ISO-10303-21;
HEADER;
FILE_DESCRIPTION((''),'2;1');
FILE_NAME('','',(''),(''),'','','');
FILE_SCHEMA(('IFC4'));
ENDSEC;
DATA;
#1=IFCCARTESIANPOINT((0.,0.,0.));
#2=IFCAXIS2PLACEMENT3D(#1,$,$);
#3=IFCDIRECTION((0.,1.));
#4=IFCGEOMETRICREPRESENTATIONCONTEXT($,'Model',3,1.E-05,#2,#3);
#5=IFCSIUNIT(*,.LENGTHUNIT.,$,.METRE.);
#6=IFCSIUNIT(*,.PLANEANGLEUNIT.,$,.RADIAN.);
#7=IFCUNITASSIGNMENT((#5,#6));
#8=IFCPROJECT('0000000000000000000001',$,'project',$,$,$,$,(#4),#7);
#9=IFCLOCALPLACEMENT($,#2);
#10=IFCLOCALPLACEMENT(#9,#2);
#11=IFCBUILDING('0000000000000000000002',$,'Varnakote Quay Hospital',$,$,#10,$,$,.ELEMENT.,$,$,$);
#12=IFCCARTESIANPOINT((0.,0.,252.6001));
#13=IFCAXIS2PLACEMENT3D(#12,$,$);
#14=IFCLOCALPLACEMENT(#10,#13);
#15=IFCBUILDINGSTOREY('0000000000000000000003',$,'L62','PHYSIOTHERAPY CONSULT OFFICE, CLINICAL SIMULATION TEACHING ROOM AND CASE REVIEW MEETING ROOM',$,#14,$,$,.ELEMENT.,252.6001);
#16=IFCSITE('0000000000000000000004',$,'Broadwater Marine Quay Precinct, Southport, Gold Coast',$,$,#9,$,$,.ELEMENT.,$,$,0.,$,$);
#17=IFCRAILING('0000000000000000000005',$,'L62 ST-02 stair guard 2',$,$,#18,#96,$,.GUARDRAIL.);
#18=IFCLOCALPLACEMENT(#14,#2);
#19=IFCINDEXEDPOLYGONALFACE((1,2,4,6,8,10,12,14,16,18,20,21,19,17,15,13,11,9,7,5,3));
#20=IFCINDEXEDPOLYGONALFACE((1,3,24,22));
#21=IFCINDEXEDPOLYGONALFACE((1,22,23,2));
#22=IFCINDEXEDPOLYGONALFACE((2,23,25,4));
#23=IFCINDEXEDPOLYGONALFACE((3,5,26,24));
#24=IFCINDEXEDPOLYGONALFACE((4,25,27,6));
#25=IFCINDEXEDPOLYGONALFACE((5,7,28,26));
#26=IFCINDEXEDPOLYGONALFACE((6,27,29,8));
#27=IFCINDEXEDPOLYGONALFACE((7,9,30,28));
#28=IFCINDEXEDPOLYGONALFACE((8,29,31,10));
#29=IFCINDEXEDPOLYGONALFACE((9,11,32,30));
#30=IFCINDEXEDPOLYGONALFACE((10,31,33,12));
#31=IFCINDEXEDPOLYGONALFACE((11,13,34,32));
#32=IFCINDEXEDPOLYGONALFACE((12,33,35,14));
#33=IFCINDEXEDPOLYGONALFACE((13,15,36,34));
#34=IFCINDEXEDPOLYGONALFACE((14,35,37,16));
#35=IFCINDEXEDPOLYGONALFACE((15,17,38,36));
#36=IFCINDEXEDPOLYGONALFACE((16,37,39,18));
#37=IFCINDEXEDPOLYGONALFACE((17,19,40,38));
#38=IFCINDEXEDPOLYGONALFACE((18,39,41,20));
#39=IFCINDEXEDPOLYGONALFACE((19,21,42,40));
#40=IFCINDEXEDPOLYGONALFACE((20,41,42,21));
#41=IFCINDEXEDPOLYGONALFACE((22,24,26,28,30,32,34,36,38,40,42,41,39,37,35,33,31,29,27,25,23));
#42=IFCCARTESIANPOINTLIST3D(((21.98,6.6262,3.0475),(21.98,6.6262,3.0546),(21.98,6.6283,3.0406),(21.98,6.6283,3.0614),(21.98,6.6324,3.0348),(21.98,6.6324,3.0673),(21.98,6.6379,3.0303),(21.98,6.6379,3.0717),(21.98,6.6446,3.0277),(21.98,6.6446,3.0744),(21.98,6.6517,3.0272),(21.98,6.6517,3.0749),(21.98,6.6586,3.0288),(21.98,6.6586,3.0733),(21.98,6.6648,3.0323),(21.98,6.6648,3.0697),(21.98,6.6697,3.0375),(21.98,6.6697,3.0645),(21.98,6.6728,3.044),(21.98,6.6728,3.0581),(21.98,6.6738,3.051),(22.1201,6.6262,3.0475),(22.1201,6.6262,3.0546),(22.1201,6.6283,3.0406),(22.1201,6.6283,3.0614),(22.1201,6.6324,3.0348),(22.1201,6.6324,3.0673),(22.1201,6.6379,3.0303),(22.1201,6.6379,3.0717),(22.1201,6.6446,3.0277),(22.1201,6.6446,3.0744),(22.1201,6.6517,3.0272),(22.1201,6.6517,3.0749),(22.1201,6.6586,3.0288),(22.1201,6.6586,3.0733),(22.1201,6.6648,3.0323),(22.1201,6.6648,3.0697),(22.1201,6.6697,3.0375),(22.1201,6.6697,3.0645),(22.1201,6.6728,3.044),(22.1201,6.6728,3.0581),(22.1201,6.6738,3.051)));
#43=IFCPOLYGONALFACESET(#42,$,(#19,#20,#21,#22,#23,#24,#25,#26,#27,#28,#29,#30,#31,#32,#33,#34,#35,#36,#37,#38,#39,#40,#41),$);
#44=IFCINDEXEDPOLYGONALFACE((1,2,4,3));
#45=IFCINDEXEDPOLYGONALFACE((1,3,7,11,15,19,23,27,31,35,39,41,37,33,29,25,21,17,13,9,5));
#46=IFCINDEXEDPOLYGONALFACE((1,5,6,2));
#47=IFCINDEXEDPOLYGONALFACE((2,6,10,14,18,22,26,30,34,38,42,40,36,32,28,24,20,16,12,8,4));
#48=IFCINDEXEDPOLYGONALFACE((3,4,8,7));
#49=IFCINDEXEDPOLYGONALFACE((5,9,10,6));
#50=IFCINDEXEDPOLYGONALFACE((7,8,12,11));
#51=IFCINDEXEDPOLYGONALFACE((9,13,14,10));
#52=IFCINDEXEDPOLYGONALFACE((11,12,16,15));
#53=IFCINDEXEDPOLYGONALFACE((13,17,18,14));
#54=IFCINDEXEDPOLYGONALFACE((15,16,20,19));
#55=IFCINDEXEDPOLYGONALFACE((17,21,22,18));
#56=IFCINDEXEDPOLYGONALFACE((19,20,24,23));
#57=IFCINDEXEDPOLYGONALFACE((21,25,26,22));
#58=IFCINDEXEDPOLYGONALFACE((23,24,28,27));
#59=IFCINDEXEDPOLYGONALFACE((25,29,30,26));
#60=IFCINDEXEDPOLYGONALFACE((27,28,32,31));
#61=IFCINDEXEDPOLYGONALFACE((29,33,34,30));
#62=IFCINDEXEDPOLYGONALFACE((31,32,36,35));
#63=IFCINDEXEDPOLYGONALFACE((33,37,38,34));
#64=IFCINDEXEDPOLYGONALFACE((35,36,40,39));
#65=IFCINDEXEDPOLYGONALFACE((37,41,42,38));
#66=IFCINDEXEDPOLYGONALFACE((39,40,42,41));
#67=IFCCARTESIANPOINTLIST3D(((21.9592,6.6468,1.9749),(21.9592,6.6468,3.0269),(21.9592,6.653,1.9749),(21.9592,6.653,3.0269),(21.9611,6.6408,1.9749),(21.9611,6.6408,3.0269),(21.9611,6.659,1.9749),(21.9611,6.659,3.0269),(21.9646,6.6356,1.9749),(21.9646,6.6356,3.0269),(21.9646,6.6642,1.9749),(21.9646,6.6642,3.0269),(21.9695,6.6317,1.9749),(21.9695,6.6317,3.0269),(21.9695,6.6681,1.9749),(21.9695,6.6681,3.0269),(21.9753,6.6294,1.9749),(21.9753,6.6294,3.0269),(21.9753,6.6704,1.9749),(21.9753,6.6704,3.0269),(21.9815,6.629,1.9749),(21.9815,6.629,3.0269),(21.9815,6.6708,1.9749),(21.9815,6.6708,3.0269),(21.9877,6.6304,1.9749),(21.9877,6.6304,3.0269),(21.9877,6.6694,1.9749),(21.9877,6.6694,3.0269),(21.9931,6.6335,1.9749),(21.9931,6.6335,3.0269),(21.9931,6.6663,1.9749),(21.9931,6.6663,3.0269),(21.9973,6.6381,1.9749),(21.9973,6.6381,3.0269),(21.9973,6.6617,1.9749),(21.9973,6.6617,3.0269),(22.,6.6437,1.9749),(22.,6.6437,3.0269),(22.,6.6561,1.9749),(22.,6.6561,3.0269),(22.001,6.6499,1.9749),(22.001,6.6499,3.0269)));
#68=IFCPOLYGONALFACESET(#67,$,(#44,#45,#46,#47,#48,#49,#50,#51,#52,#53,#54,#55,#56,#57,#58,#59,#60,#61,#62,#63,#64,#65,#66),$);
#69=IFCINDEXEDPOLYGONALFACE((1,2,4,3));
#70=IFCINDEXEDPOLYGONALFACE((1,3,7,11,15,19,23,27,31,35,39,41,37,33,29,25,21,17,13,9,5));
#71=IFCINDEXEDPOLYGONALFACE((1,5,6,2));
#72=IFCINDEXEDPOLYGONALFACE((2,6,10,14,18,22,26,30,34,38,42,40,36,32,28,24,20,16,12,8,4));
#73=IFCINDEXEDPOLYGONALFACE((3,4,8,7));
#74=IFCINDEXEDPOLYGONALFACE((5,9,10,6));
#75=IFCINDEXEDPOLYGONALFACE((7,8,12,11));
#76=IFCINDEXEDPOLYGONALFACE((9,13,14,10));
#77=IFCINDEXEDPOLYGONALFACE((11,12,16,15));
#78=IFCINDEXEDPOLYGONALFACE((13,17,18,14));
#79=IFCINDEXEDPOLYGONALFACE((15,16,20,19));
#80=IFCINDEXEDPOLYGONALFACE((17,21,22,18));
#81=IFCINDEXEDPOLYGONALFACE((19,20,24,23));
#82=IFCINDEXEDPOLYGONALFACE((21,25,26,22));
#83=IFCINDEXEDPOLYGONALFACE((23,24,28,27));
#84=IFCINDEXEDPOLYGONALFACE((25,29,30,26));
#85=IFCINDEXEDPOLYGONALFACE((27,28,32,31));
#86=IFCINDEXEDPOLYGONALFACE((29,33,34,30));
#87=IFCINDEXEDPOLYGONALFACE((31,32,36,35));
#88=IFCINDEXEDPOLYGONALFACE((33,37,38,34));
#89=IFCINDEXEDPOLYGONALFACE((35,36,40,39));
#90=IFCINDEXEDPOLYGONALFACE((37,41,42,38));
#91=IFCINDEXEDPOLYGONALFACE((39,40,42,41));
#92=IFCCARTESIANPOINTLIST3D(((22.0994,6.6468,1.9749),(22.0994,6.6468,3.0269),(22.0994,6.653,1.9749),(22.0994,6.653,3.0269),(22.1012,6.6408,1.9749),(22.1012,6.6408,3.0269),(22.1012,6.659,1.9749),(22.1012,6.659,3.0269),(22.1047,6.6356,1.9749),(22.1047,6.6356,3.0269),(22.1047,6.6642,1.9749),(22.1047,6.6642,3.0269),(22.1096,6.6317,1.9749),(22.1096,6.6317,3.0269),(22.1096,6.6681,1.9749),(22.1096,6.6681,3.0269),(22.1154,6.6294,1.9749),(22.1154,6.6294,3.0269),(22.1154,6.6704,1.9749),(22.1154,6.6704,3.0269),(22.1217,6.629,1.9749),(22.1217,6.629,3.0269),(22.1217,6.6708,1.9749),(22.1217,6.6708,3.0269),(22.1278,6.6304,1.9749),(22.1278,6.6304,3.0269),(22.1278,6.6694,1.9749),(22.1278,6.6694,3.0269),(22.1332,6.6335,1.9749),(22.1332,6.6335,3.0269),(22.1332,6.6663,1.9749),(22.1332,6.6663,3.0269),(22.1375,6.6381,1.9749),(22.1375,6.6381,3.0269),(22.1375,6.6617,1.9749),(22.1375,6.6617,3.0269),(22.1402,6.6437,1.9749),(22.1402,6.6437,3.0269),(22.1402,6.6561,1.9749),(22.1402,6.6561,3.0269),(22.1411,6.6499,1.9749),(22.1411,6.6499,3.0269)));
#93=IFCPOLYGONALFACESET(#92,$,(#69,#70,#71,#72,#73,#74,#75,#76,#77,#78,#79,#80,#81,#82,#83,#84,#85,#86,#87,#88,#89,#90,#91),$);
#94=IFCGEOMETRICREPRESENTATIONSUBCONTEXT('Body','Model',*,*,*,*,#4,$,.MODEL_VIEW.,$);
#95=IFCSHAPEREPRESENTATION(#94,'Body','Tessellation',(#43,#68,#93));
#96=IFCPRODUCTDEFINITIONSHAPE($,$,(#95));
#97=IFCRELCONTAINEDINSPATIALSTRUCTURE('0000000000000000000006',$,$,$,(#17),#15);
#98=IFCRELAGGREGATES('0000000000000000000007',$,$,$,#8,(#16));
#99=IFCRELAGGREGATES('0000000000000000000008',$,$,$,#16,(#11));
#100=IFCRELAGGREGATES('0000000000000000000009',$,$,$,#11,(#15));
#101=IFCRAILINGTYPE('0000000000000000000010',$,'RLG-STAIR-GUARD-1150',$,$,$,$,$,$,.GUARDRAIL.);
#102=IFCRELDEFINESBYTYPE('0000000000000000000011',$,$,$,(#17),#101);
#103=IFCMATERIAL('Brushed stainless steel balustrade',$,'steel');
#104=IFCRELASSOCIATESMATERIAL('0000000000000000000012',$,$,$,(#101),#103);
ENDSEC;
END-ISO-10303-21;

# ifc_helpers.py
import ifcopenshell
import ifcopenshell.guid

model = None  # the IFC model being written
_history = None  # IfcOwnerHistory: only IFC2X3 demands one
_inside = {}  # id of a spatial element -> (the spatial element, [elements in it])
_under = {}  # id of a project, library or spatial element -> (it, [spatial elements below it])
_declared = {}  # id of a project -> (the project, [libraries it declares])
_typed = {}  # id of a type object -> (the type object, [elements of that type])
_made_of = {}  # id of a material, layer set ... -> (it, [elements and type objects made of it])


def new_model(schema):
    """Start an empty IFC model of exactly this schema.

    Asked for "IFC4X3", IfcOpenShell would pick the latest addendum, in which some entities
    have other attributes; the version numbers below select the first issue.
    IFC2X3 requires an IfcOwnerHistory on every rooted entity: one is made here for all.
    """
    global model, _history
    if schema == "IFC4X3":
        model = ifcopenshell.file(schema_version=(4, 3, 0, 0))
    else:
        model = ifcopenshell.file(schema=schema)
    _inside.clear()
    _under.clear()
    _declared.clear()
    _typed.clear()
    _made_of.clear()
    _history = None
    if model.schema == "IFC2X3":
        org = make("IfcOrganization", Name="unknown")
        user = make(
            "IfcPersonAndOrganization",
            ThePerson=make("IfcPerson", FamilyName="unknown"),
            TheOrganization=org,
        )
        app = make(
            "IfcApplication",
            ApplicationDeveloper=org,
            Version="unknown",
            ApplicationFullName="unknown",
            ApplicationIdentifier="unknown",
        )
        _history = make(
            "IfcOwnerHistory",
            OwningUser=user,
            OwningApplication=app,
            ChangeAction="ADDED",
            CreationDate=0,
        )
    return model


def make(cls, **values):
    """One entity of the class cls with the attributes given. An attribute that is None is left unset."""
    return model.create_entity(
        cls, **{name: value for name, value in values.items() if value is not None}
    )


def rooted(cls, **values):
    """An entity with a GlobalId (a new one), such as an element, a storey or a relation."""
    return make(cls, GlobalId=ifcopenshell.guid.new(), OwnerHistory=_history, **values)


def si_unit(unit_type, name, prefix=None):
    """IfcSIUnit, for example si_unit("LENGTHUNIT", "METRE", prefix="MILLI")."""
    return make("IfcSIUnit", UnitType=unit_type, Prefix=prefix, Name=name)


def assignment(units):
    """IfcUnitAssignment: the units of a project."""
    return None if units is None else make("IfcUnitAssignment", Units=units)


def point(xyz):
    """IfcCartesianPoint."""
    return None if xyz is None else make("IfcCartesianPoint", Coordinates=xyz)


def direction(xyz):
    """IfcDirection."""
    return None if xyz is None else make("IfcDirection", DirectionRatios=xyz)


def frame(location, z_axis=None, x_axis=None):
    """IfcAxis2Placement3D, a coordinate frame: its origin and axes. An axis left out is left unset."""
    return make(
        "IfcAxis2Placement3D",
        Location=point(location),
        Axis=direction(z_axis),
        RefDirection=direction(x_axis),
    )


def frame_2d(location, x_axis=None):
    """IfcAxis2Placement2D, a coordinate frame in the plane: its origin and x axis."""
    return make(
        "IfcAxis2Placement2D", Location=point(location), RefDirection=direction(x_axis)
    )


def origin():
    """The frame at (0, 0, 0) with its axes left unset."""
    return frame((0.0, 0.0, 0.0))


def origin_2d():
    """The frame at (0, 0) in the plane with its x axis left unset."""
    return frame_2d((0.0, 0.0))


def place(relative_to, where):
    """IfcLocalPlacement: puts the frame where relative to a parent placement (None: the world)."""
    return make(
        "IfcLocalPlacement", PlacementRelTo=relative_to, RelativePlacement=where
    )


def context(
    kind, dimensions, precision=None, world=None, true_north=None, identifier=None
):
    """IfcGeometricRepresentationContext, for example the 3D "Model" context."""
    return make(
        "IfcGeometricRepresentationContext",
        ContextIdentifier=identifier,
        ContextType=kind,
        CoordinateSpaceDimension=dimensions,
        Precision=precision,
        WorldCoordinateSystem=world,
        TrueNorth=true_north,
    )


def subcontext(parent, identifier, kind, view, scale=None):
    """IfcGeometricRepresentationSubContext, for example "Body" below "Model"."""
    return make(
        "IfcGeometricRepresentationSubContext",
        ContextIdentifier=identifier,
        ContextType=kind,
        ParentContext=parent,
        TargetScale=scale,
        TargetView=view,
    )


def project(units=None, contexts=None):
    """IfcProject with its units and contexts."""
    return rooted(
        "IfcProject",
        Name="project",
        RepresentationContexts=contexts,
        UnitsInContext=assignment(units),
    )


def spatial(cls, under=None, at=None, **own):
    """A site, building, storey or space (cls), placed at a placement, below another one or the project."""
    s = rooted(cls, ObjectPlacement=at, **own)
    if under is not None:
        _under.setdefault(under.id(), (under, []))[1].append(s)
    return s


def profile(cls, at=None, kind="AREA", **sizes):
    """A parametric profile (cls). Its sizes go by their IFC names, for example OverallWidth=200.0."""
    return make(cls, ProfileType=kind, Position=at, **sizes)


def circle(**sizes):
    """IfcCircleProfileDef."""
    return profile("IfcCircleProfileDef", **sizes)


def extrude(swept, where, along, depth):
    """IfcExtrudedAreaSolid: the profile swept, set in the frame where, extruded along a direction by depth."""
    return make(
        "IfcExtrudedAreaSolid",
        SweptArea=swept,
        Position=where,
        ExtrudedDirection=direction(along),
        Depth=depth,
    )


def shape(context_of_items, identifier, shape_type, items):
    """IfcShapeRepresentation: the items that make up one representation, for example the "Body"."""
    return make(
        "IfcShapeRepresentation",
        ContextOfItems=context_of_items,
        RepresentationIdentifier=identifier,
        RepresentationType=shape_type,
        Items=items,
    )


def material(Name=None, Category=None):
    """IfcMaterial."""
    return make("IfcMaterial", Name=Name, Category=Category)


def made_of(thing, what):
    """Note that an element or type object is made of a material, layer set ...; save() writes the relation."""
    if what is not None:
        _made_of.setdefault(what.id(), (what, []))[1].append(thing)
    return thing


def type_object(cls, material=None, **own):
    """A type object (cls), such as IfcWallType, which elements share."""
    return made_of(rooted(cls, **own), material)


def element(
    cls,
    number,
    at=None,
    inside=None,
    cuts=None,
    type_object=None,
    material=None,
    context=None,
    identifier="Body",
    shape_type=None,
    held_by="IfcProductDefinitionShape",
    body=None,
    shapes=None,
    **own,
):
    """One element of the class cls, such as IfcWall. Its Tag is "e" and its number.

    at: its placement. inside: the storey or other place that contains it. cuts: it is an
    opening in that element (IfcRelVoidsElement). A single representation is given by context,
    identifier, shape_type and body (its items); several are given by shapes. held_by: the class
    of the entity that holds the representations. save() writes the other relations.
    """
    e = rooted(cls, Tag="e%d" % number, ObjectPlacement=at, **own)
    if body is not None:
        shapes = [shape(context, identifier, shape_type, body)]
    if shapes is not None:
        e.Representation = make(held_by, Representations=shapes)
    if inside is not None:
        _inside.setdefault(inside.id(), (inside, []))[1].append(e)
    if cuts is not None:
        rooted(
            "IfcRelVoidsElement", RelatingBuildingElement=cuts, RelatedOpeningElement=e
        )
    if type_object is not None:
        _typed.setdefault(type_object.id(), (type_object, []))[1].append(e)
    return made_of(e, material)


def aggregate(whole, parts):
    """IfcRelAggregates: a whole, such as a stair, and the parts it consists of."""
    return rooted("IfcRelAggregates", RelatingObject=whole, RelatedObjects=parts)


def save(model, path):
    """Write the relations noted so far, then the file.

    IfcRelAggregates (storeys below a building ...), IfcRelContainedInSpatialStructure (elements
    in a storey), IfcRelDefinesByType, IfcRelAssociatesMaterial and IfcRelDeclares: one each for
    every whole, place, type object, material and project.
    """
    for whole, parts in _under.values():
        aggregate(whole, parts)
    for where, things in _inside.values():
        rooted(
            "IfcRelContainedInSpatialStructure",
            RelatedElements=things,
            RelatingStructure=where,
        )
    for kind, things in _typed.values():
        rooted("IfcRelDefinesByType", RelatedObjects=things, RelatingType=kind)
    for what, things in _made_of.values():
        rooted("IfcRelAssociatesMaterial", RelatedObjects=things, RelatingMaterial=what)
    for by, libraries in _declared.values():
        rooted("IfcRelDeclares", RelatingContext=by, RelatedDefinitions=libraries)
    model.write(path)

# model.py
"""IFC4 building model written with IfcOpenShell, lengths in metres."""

from ifc_helpers import new_model, si_unit, direction, frame, origin, origin_2d, place, context, subcontext, project, spatial, circle, extrude, material, type_object, element, save


model = new_model("IFC4")

# Units and contexts
model_context = context("Model", 3, precision=1e-05, world=origin(), true_north=direction((0.0, 1.0)))
body_context = subcontext(model_context, "Body", "Model", "MODEL_VIEW")
ifc_project = project(units=[si_unit("LENGTHUNIT", "METRE"), si_unit("PLANEANGLEUNIT", "RADIAN")], contexts=[model_context])

# Site, building, storey
site_placement = place(None, origin())
site = spatial("IfcSite", under=ifc_project, at=site_placement, Name="Broadwater Marine Quay Precinct, Southport, Gold Coast", CompositionType="ELEMENT", RefElevation=0.0)
building_placement = place(site_placement, origin())
building = spatial("IfcBuilding", under=site, at=building_placement, Name="Varnakote Quay Hospital", CompositionType="ELEMENT")
storey_placement = place(building_placement, frame((0.0, 0.0, 252.6001)))
storey = spatial("IfcBuildingStorey", under=building, at=storey_placement, Name="L62", Description="PHYSIOTHERAPY CONSULT OFFICE, CLINICAL SIMULATION TEACHING ROOM AND CASE REVIEW MEETING ROOM", CompositionType="ELEMENT", Elevation=252.6001)

# Railing
ifc_material_1 = material(Name="Brushed stainless steel balustrade", Category="steel")
railing_type_1 = type_object("IfcRailingType", Name="RLG-STAIR-GUARD-1150", PredefinedType="GUARDRAIL", material=ifc_material_1)
railing_1_placement = place(storey_placement, frame((21.98, 6.6499, 1.9749)))
element("IfcRailing", 1, at=railing_1_placement, inside=storey, type_object=railing_type_1, Name="L62 ST-02 stair guard 2", PredefinedType="GUARDRAIL", context=body_context, shape_type="SweptSolid", body=[
    extrude(circle(Radius=0.0239, at=origin_2d()), frame((0.0, 0.0, 1.0762), z_axis=(1.0, 0.0, 0.0), x_axis=(0.0, 1.0, 0.0)), (0.0, 0.0, 1.0), 0.1401),
    extrude(circle(Radius=0.021, at=origin_2d()), origin(), (0.0, 0.0, 1.0), 1.052),
    extrude(circle(Radius=0.021, at=origin_2d()), frame((0.1401, 0.0, 0.0)), (0.0, 0.0, 1.0), 1.052),
])

save(model, "model.ifc")
